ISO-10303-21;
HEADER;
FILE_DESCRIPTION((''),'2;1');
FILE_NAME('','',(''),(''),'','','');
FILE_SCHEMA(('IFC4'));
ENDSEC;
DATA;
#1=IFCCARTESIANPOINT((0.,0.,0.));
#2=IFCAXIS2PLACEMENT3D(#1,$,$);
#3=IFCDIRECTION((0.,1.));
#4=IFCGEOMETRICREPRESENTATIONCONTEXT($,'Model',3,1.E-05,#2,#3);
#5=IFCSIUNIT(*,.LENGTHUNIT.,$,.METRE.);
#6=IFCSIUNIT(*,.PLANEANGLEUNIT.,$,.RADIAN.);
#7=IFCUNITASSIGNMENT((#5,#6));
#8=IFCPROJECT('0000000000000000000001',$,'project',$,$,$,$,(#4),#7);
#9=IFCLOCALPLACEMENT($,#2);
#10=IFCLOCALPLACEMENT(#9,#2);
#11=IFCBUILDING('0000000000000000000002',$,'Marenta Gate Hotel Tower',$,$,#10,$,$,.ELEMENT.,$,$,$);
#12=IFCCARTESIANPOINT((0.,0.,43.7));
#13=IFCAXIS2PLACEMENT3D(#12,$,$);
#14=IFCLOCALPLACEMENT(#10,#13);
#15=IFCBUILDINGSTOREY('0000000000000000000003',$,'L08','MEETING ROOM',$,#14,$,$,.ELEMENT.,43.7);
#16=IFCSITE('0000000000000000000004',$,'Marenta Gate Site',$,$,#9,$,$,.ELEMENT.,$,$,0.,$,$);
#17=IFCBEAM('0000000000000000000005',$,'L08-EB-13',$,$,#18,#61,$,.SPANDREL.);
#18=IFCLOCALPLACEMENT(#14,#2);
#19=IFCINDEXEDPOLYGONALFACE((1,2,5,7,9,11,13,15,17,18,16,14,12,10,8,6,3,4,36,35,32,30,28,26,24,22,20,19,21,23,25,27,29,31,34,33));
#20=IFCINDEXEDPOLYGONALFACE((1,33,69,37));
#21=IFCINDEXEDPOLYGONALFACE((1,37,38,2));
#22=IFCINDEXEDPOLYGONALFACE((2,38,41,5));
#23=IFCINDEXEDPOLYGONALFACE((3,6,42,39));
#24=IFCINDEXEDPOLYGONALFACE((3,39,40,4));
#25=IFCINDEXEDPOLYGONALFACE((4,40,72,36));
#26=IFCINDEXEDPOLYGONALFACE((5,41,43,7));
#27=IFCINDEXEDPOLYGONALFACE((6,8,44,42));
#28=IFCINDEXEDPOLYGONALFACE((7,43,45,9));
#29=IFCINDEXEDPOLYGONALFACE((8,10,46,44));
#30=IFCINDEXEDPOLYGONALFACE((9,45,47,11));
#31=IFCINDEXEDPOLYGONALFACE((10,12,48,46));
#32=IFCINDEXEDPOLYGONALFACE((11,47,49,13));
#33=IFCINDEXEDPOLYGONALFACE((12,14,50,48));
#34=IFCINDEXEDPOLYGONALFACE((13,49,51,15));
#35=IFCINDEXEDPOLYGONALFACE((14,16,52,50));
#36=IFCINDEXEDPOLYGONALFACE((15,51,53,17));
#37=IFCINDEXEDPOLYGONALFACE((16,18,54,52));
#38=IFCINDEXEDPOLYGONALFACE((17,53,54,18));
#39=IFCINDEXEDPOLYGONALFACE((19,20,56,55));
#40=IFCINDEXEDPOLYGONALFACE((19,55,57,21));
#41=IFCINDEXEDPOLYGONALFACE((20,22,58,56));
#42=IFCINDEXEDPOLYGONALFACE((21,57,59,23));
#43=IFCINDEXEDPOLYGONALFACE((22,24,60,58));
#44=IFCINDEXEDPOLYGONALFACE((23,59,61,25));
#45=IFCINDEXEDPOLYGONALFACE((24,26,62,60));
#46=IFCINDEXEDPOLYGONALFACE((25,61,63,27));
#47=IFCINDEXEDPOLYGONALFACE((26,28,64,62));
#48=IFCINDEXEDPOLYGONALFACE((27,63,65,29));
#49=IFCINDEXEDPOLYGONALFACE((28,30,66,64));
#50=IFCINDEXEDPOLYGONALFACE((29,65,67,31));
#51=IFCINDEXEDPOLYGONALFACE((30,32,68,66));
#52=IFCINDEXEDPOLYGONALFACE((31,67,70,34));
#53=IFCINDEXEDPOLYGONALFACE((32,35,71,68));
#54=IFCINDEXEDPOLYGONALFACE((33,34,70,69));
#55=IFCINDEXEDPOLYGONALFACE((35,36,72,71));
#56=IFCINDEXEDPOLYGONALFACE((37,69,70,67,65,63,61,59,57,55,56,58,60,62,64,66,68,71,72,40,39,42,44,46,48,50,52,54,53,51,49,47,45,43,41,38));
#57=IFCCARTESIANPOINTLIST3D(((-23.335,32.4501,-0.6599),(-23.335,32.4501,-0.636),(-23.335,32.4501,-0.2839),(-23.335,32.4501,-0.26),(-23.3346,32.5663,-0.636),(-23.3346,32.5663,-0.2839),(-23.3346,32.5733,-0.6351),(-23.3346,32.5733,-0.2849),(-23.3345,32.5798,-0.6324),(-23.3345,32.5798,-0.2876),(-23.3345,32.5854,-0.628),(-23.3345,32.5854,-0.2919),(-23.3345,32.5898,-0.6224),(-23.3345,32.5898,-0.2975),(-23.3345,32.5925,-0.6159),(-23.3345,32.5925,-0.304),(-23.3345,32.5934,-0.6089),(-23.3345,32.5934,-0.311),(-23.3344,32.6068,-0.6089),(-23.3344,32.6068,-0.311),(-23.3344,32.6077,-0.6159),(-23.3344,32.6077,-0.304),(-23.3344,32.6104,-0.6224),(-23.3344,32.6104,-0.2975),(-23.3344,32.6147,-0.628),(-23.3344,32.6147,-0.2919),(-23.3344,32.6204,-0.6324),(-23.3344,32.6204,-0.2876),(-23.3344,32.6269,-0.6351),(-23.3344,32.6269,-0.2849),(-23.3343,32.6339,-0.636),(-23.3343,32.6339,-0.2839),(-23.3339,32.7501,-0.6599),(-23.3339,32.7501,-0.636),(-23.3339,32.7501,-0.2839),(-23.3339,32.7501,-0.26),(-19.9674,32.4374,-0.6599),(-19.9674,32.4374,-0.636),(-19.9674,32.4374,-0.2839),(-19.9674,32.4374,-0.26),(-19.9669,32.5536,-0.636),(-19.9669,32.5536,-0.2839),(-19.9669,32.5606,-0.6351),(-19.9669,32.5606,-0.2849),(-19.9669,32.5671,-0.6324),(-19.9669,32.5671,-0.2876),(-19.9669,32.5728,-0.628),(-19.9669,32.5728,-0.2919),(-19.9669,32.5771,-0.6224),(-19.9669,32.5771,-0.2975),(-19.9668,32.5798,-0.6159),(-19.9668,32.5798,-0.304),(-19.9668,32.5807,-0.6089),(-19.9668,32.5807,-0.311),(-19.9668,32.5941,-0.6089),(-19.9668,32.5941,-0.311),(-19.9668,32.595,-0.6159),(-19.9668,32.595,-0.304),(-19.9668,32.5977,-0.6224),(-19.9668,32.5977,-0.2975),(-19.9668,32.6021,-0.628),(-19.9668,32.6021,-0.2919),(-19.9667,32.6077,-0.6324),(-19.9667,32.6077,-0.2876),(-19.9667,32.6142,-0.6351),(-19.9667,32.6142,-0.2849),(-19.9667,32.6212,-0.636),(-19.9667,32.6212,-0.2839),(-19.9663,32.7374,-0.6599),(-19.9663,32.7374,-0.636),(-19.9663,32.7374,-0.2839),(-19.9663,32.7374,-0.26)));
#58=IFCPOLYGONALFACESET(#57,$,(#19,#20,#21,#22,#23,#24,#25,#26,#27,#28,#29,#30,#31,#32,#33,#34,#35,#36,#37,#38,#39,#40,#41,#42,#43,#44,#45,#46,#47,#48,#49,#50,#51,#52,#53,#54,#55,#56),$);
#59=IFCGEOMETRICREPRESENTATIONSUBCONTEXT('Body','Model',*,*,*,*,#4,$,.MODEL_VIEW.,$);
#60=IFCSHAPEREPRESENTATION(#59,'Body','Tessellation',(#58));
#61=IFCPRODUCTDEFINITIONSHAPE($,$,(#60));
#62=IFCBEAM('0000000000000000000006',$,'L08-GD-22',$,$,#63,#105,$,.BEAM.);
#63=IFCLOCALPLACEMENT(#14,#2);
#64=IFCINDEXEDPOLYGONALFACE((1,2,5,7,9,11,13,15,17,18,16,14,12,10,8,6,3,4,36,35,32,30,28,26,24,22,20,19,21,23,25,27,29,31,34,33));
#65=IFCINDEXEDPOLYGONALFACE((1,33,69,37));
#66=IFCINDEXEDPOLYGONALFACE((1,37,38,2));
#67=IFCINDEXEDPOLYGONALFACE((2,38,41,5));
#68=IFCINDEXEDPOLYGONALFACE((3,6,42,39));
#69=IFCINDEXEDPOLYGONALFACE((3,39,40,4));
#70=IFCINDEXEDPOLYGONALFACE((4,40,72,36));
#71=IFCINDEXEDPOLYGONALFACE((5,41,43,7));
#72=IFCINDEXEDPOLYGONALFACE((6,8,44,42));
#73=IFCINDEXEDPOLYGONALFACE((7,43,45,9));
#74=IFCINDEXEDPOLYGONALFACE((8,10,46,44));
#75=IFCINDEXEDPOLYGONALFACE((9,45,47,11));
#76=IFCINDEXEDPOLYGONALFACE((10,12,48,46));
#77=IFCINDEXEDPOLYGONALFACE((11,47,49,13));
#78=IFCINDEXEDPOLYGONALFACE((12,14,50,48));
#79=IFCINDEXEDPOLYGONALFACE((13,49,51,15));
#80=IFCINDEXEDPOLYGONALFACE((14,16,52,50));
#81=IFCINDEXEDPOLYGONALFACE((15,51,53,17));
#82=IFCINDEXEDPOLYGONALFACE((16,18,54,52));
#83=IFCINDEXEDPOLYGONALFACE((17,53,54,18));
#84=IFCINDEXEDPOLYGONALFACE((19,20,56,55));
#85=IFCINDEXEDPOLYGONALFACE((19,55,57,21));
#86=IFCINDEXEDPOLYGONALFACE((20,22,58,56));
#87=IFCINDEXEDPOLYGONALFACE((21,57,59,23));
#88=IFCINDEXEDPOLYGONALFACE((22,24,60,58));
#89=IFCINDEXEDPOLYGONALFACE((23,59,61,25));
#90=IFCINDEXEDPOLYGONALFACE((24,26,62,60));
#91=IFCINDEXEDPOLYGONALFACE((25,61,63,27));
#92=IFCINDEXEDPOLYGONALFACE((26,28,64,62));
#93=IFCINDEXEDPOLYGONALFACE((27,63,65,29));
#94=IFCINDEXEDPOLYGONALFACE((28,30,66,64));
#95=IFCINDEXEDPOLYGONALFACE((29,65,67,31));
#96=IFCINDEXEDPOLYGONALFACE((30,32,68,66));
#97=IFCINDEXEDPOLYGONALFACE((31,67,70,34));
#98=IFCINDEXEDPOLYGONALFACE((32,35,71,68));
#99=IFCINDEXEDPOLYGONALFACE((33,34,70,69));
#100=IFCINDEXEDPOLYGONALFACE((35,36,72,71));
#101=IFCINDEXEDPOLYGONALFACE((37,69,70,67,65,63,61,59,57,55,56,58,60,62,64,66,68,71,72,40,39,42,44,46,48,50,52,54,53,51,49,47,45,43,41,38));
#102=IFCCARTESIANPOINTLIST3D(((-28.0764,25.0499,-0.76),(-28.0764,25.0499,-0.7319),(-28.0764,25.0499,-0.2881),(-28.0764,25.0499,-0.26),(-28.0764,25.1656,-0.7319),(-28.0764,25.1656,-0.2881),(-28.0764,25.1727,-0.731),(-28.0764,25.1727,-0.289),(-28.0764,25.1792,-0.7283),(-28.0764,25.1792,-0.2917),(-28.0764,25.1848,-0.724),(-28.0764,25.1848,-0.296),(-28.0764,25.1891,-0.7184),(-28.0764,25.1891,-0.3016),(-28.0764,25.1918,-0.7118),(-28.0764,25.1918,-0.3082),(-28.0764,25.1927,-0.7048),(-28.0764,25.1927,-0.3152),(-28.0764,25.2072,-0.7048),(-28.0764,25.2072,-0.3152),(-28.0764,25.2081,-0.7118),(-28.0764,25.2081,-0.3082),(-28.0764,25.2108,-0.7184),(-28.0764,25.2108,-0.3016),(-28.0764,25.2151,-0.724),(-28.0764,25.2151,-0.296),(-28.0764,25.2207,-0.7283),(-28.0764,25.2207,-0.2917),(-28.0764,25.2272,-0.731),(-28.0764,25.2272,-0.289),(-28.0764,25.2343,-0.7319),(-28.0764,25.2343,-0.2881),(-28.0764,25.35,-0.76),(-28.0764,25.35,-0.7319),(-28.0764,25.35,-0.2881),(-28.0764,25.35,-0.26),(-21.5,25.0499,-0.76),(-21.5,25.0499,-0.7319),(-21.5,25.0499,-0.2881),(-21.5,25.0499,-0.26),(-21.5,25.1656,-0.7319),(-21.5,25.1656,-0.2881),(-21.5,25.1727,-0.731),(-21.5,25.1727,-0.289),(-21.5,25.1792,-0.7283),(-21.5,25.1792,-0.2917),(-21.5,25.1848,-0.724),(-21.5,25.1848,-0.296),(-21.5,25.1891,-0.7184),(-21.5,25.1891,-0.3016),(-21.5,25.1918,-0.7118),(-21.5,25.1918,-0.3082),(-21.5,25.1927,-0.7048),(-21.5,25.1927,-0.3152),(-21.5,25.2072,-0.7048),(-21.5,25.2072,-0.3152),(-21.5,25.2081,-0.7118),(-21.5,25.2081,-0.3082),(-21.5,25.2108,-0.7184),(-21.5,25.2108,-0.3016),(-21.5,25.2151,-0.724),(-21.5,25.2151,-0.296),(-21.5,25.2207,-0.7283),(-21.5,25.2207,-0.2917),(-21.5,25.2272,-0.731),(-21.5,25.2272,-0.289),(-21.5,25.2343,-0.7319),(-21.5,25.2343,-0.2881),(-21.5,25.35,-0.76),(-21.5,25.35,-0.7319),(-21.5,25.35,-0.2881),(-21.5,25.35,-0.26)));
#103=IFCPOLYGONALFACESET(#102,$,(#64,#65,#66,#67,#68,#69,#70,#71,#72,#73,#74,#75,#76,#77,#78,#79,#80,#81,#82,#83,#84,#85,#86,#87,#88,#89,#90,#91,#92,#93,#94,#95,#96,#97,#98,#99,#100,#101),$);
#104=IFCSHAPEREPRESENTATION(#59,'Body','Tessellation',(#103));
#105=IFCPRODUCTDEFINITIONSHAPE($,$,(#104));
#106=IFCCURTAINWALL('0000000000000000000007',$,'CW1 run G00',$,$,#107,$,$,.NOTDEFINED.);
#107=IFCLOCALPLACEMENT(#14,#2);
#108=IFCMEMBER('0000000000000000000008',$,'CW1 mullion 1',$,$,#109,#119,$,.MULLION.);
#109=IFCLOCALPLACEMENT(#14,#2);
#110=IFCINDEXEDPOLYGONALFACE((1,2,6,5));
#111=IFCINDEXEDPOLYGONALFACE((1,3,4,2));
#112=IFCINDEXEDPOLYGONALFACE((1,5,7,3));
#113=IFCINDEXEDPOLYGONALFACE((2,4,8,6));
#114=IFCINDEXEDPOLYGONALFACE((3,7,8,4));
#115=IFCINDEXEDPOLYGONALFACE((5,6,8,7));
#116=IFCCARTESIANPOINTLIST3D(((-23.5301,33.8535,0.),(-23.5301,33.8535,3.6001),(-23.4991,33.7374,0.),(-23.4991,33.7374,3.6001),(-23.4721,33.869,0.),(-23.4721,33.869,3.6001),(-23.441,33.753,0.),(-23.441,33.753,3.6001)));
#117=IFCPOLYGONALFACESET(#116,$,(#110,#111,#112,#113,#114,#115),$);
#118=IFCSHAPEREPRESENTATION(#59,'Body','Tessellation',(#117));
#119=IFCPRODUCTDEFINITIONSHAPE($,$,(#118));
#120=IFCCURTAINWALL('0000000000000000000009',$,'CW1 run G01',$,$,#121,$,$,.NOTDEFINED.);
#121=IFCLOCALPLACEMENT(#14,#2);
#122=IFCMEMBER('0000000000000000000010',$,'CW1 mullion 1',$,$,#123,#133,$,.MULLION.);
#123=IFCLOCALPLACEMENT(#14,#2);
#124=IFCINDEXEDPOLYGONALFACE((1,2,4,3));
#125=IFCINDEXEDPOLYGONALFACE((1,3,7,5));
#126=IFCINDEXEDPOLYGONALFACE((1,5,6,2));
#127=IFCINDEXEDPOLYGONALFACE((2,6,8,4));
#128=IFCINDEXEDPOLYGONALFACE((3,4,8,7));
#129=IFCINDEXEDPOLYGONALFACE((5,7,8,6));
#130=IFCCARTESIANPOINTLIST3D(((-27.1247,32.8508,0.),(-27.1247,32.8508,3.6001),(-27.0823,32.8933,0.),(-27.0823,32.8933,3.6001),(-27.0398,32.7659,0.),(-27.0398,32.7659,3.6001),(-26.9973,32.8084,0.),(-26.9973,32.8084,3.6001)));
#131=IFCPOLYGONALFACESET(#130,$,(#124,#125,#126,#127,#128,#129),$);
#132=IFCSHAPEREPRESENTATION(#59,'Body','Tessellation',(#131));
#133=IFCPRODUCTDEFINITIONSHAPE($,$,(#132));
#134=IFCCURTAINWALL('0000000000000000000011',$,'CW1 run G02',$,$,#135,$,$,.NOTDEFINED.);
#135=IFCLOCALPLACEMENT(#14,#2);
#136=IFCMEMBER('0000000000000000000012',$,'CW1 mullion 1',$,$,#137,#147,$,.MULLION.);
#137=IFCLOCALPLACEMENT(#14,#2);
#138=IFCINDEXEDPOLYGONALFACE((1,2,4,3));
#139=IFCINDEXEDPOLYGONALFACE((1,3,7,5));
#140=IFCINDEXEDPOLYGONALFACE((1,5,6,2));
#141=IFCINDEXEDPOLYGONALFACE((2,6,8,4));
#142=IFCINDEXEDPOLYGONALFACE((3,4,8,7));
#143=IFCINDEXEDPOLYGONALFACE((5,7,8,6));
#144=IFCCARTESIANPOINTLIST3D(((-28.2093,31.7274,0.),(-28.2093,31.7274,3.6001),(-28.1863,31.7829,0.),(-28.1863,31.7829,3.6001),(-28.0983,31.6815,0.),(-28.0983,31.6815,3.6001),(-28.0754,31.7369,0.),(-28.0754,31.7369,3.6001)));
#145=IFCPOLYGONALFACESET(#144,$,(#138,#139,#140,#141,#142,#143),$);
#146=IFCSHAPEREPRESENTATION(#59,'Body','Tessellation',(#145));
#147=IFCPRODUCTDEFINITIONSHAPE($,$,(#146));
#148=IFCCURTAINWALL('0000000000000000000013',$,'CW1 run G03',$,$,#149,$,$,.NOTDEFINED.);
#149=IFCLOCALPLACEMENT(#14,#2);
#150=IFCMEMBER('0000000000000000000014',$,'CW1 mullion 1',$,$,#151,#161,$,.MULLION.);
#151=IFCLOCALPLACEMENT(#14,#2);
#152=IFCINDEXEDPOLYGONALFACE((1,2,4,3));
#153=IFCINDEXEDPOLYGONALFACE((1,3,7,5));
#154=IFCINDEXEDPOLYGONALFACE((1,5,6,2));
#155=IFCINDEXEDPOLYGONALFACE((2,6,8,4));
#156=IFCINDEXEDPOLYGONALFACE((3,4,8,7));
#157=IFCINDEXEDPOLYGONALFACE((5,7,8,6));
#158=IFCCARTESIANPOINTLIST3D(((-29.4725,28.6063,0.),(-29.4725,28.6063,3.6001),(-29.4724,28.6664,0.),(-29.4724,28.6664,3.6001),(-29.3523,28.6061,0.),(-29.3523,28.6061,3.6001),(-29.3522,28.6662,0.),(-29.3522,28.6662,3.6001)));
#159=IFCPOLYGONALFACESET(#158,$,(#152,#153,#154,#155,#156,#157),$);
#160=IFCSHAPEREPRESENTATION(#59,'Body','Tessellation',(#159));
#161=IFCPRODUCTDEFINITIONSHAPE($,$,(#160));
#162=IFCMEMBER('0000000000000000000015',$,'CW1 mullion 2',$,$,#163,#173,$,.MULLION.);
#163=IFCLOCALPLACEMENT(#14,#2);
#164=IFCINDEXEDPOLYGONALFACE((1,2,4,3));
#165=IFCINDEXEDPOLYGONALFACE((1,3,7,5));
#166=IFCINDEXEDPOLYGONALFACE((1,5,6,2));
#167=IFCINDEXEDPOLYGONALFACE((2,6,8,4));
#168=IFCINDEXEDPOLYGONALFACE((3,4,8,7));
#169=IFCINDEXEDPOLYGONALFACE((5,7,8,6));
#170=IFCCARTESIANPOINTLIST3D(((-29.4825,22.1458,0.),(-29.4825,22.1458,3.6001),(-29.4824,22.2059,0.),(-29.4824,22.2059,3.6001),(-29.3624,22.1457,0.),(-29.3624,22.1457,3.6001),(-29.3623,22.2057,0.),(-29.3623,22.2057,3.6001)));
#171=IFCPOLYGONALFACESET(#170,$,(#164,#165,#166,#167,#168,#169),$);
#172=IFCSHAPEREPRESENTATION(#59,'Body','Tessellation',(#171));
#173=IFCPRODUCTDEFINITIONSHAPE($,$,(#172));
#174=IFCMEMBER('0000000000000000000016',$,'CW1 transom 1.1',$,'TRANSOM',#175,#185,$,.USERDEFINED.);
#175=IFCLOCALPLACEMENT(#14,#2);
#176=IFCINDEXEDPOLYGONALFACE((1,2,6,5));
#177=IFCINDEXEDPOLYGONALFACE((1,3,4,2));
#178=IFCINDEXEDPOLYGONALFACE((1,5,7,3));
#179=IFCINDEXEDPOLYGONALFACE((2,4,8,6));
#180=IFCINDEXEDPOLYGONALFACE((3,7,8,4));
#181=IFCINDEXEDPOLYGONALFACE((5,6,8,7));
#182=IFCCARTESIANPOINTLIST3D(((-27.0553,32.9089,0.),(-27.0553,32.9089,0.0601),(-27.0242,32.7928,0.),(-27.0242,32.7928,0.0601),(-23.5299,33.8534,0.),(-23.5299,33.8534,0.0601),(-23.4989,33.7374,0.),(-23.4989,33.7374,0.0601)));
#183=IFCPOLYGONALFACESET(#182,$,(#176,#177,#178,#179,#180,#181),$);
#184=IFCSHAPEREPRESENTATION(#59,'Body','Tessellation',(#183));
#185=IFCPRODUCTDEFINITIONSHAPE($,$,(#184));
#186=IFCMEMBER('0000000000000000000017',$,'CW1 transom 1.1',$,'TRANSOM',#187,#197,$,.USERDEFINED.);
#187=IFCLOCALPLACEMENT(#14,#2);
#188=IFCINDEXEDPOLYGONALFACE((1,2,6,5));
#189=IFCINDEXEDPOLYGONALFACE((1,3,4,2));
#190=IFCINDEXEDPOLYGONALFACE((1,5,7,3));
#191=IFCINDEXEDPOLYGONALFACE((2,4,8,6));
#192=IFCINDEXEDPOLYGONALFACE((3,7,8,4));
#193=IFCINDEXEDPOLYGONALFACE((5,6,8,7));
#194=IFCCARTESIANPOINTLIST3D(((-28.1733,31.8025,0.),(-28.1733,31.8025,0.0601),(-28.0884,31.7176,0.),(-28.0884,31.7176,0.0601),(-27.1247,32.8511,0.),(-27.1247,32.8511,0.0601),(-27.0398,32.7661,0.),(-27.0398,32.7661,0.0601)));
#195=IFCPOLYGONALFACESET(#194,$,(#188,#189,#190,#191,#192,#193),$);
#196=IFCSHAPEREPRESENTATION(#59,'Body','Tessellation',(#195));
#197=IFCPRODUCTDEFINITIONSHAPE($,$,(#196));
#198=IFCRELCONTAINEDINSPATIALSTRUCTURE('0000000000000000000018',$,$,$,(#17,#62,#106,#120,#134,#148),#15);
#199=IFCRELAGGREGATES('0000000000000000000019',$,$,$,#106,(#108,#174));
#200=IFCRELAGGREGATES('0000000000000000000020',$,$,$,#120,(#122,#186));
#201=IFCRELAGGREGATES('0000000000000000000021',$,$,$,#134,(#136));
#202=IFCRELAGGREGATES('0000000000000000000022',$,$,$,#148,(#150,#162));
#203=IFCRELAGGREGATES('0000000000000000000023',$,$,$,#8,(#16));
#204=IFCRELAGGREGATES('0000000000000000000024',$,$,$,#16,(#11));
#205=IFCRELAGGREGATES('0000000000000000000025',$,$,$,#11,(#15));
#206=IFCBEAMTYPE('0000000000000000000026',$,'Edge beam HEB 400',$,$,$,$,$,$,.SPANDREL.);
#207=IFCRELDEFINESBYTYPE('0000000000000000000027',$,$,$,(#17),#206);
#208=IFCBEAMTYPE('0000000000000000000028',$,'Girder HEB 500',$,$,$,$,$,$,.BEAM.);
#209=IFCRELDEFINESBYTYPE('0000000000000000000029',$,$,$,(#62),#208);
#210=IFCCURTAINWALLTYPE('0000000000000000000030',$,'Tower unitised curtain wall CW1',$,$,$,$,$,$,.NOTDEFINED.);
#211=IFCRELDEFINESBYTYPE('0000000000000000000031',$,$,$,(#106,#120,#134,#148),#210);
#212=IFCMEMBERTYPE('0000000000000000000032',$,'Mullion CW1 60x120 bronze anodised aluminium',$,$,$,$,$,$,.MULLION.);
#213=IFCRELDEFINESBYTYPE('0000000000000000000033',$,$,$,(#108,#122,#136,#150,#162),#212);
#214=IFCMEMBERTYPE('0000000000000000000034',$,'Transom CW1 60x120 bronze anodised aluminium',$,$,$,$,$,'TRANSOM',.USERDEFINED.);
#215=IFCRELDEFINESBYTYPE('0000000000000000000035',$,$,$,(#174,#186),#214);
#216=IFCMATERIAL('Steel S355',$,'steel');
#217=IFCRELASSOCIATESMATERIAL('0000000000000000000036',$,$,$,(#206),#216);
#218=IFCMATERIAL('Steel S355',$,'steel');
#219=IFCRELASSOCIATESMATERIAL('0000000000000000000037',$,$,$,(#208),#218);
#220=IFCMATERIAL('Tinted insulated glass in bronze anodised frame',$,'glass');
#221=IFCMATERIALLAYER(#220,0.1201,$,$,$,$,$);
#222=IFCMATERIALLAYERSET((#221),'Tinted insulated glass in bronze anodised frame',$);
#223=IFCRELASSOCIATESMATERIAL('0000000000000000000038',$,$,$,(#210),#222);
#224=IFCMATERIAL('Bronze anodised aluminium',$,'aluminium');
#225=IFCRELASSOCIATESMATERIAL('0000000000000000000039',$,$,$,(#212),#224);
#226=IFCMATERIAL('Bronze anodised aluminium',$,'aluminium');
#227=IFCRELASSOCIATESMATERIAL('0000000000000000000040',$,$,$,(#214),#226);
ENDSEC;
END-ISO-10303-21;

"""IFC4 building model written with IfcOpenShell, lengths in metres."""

from ifc_helpers import new_model, si_unit, direction, frame, origin, origin_2d, place, context, subcontext, project, spatial, rectangle, i_section, extrude, material, layer, layer_set, material_profile, profile_set, type_object, element, aggregate, save


model = new_model("IFC4")

# Units and contexts
model_context = context("Model", 3, precision=1e-05, world=origin(), true_north=direction((0.0, 1.0)))
body_context = subcontext(model_context, "Body", "Model", "MODEL_VIEW")
ifc_project = project(units=[si_unit("LENGTHUNIT", "METRE"), si_unit("PLANEANGLEUNIT", "RADIAN")], contexts=[model_context])

# Site, building, storey
site_placement = place(None, origin())
site = spatial("IfcSite", under=ifc_project, at=site_placement, Name="Marenta Gate Site", CompositionType="ELEMENT", RefElevation=0.0)
building_placement = place(site_placement, origin())
building = spatial("IfcBuilding", under=site, at=building_placement, Name="Marenta Gate Hotel Tower", CompositionType="ELEMENT")
storey_placement = place(building_placement, frame((0.0, 0.0, 43.7)))
storey = spatial("IfcBuildingStorey", under=building, at=storey_placement, Name="L08", Description="MEETING ROOM", CompositionType="ELEMENT", Elevation=43.7)

# Beams
ifc_material_1 = material(Name="Steel S355", Category="steel")
ifc_material_profile_1 = material_profile(ifc_material_1, i_section(OverallWidth=0.3, OverallDepth=0.3999, WebThickness=0.0134, FlangeThickness=0.0239, FilletRadius=0.0271, at=origin_2d()), Name="HEB 400")
ifc_profile_set_1 = profile_set([ifc_material_profile_1], Name="Steel S355")
beam_type_1 = type_object("IfcBeamType", Name="Edge beam HEB 400", PredefinedType="SPANDREL", material=ifc_profile_set_1)
beam_1_placement = place(storey_placement, frame((-23.3345, 32.6001, -0.46), z_axis=(0.999993, -0.00377, 0.0), x_axis=(0.00377, 0.999993, 0.0)))
element("IfcBeam", 1, at=beam_1_placement, inside=storey, type_object=beam_type_1, Name="L08-EB-13", PredefinedType="SPANDREL", context=body_context, shape_type="SweptSolid", body=[
    extrude(i_section(OverallWidth=0.3, OverallDepth=0.3999, WebThickness=0.0134, FlangeThickness=0.0239, FilletRadius=0.0271, at=origin_2d()), origin(), (0.0, 0.0, 1.0), 3.3677),
])
ifc_material_2 = material(Name="Steel S355", Category="steel")
ifc_material_profile_2 = material_profile(ifc_material_2, i_section(OverallWidth=0.3, OverallDepth=0.5, WebThickness=0.0144, FlangeThickness=0.0281, FilletRadius=0.0271, at=origin_2d()), Name="HEB 500")
ifc_profile_set_2 = profile_set([ifc_material_profile_2], Name="Steel S355")
beam_type_2 = type_object("IfcBeamType", Name="Girder HEB 500", PredefinedType="BEAM", material=ifc_profile_set_2)
beam_2_placement = place(storey_placement, frame((-28.0764, 25.2, -0.51), z_axis=(1.0, 0.0, 0.0), x_axis=(0.0, 1.0, 0.0)))
element("IfcBeam", 2, at=beam_2_placement, inside=storey, type_object=beam_type_2, Name="L08-GD-22", PredefinedType="BEAM", context=body_context, shape_type="SweptSolid", body=[
    extrude(i_section(OverallWidth=0.3, OverallDepth=0.5, WebThickness=0.0144, FlangeThickness=0.0281, FilletRadius=0.0271, at=origin_2d()), origin(), (0.0, 0.0, 1.0), 6.5764),
])

# Curtain walls, members
ifc_material_3 = material(Name="Tinted insulated glass in bronze anodised frame", Category="glass")
ifc_layer_1 = layer(ifc_material_3, 0.1201)
ifc_layer_set_1 = layer_set([ifc_layer_1], Name="Tinted insulated glass in bronze anodised frame")
curtain_wall_type = type_object("IfcCurtainWallType", Name="Tower unitised curtain wall CW1", PredefinedType="NOTDEFINED", material=ifc_layer_set_1)
curtain_wall_1_placement = place(storey_placement, origin())
curtain_wall_1 = element("IfcCurtainWall", 3, at=curtain_wall_1_placement, inside=storey, type_object=curtain_wall_type, Name="CW1 run G00", PredefinedType="NOTDEFINED")
ifc_material_4 = material(Name="Bronze anodised aluminium", Category="aluminium")
ifc_material_profile_3 = material_profile(ifc_material_4, rectangle(XDim=0.1201, YDim=0.0601, at=origin_2d()), Name="Mullion CW1 60x120 bronze anodised aluminium")
ifc_profile_set_3 = profile_set([ifc_material_profile_3], Name="Bronze anodised aluminium")
member_type_1 = type_object("IfcMemberType", Name="Mullion CW1 60x120 bronze anodised aluminium", PredefinedType="MULLION", material=ifc_profile_set_3)
member_1_placement = place(storey_placement, frame((-23.4856, 33.8032, 0.0), z_axis=(0.0, 0.0, 1.0), x_axis=(0.258802, -0.96593, 0.0)))
member_1 = element("IfcMember", 4, at=member_1_placement, type_object=member_type_1, Name="CW1 mullion 1", PredefinedType="MULLION", context=body_context, shape_type="SweptSolid", body=[
    extrude(rectangle(XDim=0.1201, YDim=0.0601, at=origin_2d()), origin(), (0.0, 0.0, 1.0), 3.6001),
])
curtain_wall_2_placement = place(storey_placement, origin())
curtain_wall_2 = element("IfcCurtainWall", 5, at=curtain_wall_2_placement, inside=storey, type_object=curtain_wall_type, Name="CW1 run G01", PredefinedType="NOTDEFINED")
member_2_placement = place(storey_placement, frame((-27.061, 32.8296, 0.0), z_axis=(0.0, 0.0, 1.0), x_axis=(0.707107, -0.707107, 0.0)))
member_2 = element("IfcMember", 6, at=member_2_placement, type_object=member_type_1, Name="CW1 mullion 1", PredefinedType="MULLION", context=body_context, shape_type="SweptSolid", body=[
    extrude(rectangle(XDim=0.1201, YDim=0.0601, at=origin_2d()), origin(), (0.0, 0.0, 1.0), 3.6001),
])
curtain_wall_3_placement = place(storey_placement, origin())
curtain_wall_3 = element("IfcCurtainWall", 7, at=curtain_wall_3_placement, inside=storey, type_object=curtain_wall_type, Name="CW1 run G02", PredefinedType="NOTDEFINED")
member_3_placement = place(storey_placement, frame((-28.1423, 31.7322, 0.0), z_axis=(0.0, 0.0, 1.0), x_axis=(0.923885, -0.38267, 0.0)))
member_3 = element("IfcMember", 8, at=member_3_placement, type_object=member_type_1, Name="CW1 mullion 1", PredefinedType="MULLION", context=body_context, shape_type="SweptSolid", body=[
    extrude(rectangle(XDim=0.1201, YDim=0.0601, at=origin_2d()), origin(), (0.0, 0.0, 1.0), 3.6001),
])

# Curtain wall, members
curtain_wall_4_placement = place(storey_placement, origin())
curtain_wall_4 = element("IfcCurtainWall", 9, at=curtain_wall_4_placement, inside=storey, type_object=curtain_wall_type, Name="CW1 run G03", PredefinedType="NOTDEFINED")
member_4_placement = place(storey_placement, frame((-29.4124, 28.6362, 0.0), z_axis=(0.0, 0.0, 1.0), x_axis=(0.999999, -0.001566, 0.0)))
member_4 = element("IfcMember", 10, at=member_4_placement, type_object=member_type_1, Name="CW1 mullion 1", PredefinedType="MULLION", context=body_context, shape_type="SweptSolid", body=[
    extrude(rectangle(XDim=0.1201, YDim=0.0601, at=origin_2d()), origin(), (0.0, 0.0, 1.0), 3.6001),
])
member_5_placement = place(storey_placement, frame((-29.4224, 22.1758, 0.0), z_axis=(0.0, 0.0, 1.0), x_axis=(0.999999, -0.001566, 0.0)))
member_5 = element("IfcMember", 11, at=member_5_placement, type_object=member_type_1, Name="CW1 mullion 2", PredefinedType="MULLION", context=body_context, shape_type="SweptSolid", body=[
    extrude(rectangle(XDim=0.1201, YDim=0.0601, at=origin_2d()), origin(), (0.0, 0.0, 1.0), 3.6001),
])

# Members
ifc_material_5 = material(Name="Bronze anodised aluminium", Category="aluminium")
ifc_material_profile_4 = material_profile(ifc_material_5, rectangle(XDim=0.1201, YDim=0.0601, at=origin_2d()), Name="Transom CW1 60x120 bronze anodised aluminium")
ifc_profile_set_4 = profile_set([ifc_material_profile_4], Name="Bronze anodised aluminium")
member_type_2 = type_object("IfcMemberType", Name="Transom CW1 60x120 bronze anodised aluminium", ElementType="TRANSOM", PredefinedType="USERDEFINED", material=ifc_profile_set_4)
member_6_placement = place(storey_placement, frame((-23.5144, 33.7954, 0.03), z_axis=(-0.965929, -0.258807, 0.0), x_axis=(0.258807, -0.965929, 0.0)))
member_6 = element("IfcMember", 12, at=member_6_placement, type_object=member_type_2, Name="CW1 transom 1.1", ObjectType="TRANSOM", PredefinedType="USERDEFINED", context=body_context, shape_type="SweptSolid", body=[
    extrude(rectangle(XDim=0.1201, YDim=0.0601, at=origin_2d()), origin(), (0.0, 0.0, 1.0), 3.6497),
])
member_7_placement = place(storey_placement, frame((-27.0823, 32.8086, 0.03), z_axis=(-0.707107, -0.707107, 0.0), x_axis=(0.707107, -0.707107, 0.0)))
member_7 = element("IfcMember", 13, at=member_7_placement, type_object=member_type_2, Name="CW1 transom 1.1", ObjectType="TRANSOM", PredefinedType="USERDEFINED", context=body_context, shape_type="SweptSolid", body=[
    extrude(rectangle(XDim=0.1201, YDim=0.0601, at=origin_2d()), origin(), (0.0, 0.0, 1.0), 1.4829),
])

aggregate(curtain_wall_1, [member_1, member_6])
aggregate(curtain_wall_2, [member_2, member_7])
aggregate(curtain_wall_3, [member_3])
aggregate(curtain_wall_4, [member_4, member_5])

save(model, "model.ifc")
